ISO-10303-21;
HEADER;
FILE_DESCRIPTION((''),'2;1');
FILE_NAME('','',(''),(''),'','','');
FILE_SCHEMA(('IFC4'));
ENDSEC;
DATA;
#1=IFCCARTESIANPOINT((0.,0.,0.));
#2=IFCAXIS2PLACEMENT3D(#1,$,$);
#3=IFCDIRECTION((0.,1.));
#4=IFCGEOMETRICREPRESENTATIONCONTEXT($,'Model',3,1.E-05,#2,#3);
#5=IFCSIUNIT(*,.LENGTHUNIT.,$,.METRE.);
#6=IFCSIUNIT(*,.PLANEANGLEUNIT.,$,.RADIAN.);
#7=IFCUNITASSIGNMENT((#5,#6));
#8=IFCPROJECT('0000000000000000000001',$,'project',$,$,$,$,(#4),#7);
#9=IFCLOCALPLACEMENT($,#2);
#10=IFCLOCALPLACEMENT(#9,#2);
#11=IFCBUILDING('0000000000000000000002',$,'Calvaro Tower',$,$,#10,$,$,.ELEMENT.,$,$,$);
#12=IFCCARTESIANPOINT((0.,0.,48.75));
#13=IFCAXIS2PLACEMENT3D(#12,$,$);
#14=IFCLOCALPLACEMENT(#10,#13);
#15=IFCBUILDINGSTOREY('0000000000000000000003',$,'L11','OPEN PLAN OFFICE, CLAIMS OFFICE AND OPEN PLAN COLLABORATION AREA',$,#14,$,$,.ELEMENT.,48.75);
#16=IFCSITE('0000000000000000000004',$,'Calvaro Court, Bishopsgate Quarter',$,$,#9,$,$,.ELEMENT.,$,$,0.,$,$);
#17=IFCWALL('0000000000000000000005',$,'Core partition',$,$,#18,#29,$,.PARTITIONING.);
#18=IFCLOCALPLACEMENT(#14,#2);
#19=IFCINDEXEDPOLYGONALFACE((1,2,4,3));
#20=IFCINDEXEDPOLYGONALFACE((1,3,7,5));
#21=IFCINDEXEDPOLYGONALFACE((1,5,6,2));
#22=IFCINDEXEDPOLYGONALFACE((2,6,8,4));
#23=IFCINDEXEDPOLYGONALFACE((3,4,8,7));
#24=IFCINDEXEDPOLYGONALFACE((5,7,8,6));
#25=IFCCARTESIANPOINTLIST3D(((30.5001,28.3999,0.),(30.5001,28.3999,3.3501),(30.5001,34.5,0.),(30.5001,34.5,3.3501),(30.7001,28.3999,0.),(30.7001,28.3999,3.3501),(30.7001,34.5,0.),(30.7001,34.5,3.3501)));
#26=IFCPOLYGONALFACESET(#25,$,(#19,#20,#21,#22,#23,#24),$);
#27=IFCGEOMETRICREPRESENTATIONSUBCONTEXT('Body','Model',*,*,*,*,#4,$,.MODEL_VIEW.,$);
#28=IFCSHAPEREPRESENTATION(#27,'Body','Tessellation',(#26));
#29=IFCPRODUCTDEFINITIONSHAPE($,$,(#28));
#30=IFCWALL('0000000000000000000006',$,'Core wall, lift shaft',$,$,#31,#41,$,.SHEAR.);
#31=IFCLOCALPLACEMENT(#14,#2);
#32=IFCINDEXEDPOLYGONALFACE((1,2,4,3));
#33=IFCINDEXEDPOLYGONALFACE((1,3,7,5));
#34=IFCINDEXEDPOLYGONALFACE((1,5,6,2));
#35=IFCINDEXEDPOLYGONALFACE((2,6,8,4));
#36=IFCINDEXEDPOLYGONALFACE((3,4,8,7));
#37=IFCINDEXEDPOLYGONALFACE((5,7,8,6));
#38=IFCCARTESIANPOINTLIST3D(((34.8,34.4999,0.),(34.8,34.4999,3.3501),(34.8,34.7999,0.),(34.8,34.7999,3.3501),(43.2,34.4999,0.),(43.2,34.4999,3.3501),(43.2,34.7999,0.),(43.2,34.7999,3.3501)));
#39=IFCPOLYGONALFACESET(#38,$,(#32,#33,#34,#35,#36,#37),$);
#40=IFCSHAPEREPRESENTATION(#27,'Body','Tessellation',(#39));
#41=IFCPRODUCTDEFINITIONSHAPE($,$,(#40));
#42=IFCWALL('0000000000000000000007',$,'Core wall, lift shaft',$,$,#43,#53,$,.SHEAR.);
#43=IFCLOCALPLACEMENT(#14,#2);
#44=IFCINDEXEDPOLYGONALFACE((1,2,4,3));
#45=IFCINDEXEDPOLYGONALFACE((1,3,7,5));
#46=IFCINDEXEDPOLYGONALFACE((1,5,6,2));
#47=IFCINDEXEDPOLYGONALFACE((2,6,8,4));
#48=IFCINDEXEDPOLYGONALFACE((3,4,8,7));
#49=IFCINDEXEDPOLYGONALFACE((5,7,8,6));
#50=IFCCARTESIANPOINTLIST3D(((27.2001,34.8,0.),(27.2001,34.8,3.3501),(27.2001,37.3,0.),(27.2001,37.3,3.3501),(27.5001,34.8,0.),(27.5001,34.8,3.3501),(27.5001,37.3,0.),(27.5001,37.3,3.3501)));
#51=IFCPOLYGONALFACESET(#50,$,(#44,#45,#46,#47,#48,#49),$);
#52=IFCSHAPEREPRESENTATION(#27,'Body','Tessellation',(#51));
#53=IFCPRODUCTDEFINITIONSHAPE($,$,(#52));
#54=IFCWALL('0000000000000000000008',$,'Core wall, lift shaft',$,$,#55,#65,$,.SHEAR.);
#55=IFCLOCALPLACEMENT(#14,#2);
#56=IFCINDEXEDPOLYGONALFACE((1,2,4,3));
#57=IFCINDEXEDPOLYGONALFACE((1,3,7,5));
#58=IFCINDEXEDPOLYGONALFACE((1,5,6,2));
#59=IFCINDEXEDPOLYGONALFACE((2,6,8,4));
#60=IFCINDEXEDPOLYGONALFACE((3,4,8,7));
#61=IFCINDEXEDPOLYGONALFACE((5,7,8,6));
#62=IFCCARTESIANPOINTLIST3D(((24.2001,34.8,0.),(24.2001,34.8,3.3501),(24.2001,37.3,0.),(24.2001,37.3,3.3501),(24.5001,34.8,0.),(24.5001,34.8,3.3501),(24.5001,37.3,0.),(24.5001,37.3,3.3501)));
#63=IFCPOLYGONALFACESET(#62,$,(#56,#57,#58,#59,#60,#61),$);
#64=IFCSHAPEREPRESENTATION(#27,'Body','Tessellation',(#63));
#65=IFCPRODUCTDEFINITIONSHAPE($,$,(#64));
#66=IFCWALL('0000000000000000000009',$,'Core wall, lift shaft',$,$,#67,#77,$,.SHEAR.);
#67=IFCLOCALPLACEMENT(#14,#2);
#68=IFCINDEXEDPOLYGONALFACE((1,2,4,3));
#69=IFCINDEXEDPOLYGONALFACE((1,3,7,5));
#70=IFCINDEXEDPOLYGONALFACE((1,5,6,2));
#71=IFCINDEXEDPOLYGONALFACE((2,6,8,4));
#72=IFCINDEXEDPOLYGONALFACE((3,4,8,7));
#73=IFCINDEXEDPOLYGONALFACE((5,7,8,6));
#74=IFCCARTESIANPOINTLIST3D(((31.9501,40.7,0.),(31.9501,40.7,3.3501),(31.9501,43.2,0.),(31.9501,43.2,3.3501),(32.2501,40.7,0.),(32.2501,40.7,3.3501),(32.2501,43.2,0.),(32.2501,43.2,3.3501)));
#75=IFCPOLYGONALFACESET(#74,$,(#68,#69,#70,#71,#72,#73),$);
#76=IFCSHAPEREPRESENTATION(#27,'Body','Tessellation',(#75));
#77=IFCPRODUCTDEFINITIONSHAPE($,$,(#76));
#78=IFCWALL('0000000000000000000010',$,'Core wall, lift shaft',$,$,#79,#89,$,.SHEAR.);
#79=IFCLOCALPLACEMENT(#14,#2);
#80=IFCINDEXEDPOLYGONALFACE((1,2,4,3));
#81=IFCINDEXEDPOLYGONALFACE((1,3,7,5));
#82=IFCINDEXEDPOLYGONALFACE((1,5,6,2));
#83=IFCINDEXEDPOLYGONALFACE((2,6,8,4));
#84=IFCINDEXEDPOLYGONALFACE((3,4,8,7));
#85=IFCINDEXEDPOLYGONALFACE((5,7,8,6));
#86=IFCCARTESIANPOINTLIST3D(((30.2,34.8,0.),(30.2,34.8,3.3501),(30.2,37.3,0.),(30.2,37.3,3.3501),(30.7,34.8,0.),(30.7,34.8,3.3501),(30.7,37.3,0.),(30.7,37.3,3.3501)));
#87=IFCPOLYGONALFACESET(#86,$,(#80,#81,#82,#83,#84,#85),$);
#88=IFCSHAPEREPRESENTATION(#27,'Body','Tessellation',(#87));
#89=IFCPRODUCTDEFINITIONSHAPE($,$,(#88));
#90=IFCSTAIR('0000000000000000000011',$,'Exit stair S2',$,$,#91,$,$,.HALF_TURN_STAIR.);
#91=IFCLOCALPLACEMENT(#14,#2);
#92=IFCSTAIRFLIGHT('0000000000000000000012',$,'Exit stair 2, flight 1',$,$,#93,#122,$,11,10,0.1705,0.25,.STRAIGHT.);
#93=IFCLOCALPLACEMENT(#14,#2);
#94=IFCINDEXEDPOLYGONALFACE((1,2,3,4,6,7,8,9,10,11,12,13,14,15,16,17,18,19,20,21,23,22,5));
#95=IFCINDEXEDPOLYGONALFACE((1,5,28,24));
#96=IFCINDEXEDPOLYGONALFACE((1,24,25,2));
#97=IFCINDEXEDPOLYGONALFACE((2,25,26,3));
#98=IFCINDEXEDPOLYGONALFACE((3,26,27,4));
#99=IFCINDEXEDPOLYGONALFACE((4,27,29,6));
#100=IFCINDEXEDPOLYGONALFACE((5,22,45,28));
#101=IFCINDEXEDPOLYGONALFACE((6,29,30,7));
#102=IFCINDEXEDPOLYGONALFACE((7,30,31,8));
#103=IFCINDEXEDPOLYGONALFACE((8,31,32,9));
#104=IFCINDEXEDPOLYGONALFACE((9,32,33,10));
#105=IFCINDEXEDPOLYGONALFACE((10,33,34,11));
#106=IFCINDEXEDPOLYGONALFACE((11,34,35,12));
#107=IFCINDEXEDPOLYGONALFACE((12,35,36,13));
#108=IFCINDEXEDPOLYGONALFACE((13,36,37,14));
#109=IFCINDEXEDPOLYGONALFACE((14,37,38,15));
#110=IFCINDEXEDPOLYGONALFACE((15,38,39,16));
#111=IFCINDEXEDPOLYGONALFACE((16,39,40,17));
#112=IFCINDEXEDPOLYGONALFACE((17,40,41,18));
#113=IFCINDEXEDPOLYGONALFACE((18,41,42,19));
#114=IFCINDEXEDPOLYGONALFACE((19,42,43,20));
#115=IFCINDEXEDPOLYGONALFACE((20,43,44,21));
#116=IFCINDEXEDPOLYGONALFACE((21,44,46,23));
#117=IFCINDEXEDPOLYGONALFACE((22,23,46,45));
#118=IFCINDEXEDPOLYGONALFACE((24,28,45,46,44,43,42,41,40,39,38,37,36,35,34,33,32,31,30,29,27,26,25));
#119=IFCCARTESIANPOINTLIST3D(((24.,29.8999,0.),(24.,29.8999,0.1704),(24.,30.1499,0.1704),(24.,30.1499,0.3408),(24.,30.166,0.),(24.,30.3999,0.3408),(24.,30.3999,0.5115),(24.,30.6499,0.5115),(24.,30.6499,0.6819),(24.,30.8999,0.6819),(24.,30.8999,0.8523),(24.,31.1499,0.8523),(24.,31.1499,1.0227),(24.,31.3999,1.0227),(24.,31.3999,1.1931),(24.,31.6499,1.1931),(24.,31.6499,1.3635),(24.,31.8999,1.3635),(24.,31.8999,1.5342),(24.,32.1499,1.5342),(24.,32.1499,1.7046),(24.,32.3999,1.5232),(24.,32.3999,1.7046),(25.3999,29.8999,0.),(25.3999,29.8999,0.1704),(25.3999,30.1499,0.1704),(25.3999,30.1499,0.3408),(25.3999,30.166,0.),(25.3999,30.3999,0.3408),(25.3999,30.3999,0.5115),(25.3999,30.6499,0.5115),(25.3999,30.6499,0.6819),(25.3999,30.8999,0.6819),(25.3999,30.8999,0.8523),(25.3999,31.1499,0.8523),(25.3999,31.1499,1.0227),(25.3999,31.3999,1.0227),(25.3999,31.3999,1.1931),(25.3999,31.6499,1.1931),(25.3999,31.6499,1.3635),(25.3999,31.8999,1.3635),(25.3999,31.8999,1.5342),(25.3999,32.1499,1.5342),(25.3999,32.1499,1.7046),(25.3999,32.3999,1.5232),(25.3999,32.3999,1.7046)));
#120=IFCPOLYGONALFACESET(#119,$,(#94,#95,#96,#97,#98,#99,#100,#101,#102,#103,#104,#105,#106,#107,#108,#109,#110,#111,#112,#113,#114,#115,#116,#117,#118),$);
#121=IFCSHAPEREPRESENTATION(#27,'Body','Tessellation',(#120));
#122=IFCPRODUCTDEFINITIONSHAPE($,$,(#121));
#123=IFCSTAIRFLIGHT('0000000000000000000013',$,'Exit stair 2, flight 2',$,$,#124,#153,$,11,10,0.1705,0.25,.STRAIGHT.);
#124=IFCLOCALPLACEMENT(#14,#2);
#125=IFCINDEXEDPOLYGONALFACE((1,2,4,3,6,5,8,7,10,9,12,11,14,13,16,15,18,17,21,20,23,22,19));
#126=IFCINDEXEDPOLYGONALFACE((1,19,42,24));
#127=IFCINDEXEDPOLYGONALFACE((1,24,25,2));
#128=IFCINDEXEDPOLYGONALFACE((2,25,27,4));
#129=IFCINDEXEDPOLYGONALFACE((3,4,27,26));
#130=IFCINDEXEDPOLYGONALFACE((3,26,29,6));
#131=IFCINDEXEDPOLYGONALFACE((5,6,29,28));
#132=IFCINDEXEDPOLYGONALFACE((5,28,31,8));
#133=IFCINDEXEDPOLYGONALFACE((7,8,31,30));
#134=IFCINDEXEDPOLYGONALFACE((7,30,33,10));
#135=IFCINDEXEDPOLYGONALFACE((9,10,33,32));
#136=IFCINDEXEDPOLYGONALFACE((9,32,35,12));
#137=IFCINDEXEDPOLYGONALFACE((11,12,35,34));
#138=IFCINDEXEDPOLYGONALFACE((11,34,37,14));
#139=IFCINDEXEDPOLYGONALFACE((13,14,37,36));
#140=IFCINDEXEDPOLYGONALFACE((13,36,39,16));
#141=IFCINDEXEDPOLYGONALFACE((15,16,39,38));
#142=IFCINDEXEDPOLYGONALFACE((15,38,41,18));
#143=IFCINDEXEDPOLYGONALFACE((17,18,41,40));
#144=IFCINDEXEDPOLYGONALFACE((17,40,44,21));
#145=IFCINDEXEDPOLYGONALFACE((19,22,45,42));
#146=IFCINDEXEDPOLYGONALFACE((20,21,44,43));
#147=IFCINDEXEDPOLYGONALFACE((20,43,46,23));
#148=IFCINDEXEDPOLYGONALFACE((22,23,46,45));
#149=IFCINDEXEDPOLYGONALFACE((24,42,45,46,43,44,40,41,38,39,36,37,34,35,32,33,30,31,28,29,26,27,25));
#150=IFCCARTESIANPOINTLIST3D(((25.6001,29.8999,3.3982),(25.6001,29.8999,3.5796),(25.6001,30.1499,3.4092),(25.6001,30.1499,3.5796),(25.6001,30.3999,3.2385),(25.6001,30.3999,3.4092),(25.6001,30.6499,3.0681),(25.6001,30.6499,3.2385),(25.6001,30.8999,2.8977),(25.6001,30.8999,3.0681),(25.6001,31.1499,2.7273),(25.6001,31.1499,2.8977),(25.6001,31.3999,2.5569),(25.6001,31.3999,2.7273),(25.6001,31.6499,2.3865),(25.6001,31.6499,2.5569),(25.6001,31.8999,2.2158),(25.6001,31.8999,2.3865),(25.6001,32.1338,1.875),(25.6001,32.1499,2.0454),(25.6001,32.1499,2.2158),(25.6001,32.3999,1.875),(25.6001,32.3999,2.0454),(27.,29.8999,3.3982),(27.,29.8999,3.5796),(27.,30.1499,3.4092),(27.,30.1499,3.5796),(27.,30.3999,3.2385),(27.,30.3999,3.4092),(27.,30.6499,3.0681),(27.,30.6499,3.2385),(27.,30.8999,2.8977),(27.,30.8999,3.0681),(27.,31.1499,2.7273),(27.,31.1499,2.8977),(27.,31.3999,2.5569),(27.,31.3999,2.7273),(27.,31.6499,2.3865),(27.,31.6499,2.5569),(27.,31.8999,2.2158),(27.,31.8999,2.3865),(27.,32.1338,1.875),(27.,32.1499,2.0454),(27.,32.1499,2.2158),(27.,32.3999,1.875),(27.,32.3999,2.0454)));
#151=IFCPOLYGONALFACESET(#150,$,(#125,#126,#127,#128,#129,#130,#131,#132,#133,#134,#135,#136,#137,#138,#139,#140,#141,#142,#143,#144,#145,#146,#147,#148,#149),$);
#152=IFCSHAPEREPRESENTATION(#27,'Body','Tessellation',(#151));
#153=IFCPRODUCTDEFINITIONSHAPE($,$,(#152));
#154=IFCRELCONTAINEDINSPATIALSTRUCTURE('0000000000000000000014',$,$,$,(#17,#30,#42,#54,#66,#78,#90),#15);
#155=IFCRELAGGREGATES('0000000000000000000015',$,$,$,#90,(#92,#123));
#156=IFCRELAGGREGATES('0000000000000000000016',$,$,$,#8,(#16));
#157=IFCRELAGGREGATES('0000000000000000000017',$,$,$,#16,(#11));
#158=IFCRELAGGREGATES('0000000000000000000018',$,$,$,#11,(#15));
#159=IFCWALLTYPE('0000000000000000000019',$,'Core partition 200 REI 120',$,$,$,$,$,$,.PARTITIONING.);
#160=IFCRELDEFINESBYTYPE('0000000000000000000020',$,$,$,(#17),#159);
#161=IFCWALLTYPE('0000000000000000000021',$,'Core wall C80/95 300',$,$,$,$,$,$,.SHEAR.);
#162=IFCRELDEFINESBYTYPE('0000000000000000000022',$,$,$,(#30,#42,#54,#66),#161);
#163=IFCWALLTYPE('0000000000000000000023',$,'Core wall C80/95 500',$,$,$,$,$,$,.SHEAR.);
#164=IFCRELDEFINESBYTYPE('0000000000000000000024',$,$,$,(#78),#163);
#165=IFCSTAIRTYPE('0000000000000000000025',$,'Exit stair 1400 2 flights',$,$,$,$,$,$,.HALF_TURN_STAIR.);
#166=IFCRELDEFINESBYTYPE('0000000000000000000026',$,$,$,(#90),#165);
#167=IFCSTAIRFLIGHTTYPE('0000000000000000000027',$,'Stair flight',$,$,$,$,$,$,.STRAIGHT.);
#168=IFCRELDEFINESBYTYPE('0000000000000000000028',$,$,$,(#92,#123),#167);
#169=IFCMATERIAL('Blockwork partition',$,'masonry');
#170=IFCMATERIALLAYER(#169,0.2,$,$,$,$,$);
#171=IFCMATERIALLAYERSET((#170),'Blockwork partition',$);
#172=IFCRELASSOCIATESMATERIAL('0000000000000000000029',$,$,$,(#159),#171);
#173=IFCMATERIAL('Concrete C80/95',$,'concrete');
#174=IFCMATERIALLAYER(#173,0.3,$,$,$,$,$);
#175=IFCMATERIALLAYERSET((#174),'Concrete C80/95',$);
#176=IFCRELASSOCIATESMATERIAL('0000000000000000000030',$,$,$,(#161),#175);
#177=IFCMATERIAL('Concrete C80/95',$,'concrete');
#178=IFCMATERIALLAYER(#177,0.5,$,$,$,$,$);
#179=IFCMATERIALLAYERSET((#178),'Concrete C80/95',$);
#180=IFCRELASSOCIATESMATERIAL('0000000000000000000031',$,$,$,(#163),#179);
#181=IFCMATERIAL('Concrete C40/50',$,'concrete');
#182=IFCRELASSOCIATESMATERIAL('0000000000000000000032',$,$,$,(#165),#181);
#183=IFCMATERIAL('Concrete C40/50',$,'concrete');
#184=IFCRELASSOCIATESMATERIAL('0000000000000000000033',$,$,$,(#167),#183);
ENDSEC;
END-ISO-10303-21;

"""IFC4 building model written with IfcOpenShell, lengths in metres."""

from ifc_helpers import new_model, si_unit, direction, frame, frame_2d, origin, place, context, subcontext, project, spatial, polyline, rectangle, outline, extrude, material, layer, layer_set, type_object, element, aggregate, save


model = new_model("IFC4")

# Units and contexts
model_context = context("Model", 3, precision=1e-05, world=origin(), true_north=direction((0.0, 1.0)))
body_context = subcontext(model_context, "Body", "Model", "MODEL_VIEW")
ifc_project = project(units=[si_unit("LENGTHUNIT", "METRE"), si_unit("PLANEANGLEUNIT", "RADIAN")], contexts=[model_context])

# Site, building, storey
site_placement = place(None, origin())
site = spatial("IfcSite", under=ifc_project, at=site_placement, Name="Calvaro Court, Bishopsgate Quarter", CompositionType="ELEMENT", RefElevation=0.0)
building_placement = place(site_placement, origin())
building = spatial("IfcBuilding", under=site, at=building_placement, Name="Calvaro Tower", CompositionType="ELEMENT")
storey_placement = place(building_placement, frame((0.0, 0.0, 48.75)))
storey = spatial("IfcBuildingStorey", under=building, at=storey_placement, Name="L11", Description="OPEN PLAN OFFICE, CLAIMS OFFICE AND OPEN PLAN COLLABORATION AREA", CompositionType="ELEMENT", Elevation=48.75)

# Walls
ifc_material_1 = material(Name="Blockwork partition", Category="masonry")
ifc_layer_1 = layer(ifc_material_1, 0.2)
ifc_layer_set_1 = layer_set([ifc_layer_1], Name="Blockwork partition")
wall_type_1 = type_object("IfcWallType", Name="Core partition 200 REI 120", PredefinedType="PARTITIONING", material=ifc_layer_set_1)
wall_1_placement = place(storey_placement, frame((30.6001, 28.3999, 0.0), z_axis=(0.0, 0.0, 1.0), x_axis=(0.0, 1.0, 0.0)))
element("IfcWall", 1, at=wall_1_placement, inside=storey, type_object=wall_type_1, Name="Core partition", PredefinedType="PARTITIONING", context=body_context, shape_type="SweptSolid", body=[
    extrude(rectangle(XDim=6.1001, YDim=0.2, at=frame_2d((3.05, 0.0))), origin(), (0.0, 0.0, 1.0), 3.3501),
])
ifc_material_2 = material(Name="Concrete C80/95", Category="concrete")
ifc_layer_2 = layer(ifc_material_2, 0.3)
ifc_layer_set_2 = layer_set([ifc_layer_2], Name="Concrete C80/95")
wall_type_2 = type_object("IfcWallType", Name="Core wall C80/95 300", PredefinedType="SHEAR", material=ifc_layer_set_2)
wall_2_placement = place(storey_placement, frame((34.8, 34.6499, 0.0), z_axis=(0.0, 0.0, 1.0), x_axis=(1.0, 0.0, 0.0)))
element("IfcWall", 2, at=wall_2_placement, inside=storey, type_object=wall_type_2, Name="Core wall, lift shaft", PredefinedType="SHEAR", context=body_context, shape_type="SweptSolid", body=[
    extrude(rectangle(XDim=8.3999, YDim=0.3, at=frame_2d((4.2, 0.0))), origin(), (0.0, 0.0, 1.0), 3.3501),
])
for number, where, z_axis, x_axis, name in (
    (3, (27.3501, 34.8, 0.0), (0.0, 0.0, 1.0), (0.0, 1.0, 0.0), "Core wall, lift shaft"),
    (4, (24.3501, 34.8, 0.0), (0.0, 0.0, 1.0), (0.0, 1.0, 0.0), "Core wall, lift shaft"),
    (5, (32.1001, 40.7, 0.0), (0.0, 0.0, 1.0), (0.0, 1.0, 0.0), "Core wall, lift shaft"),
):
    element("IfcWall", number, at=place(storey_placement, frame(where, z_axis=z_axis, x_axis=x_axis)), inside=storey, type_object=wall_type_2, Name=name, PredefinedType="SHEAR", context=body_context, shape_type="SweptSolid", body=[
        extrude(rectangle(XDim=2.5, YDim=0.3, at=frame_2d((1.25, 0.0))), origin(), (0.0, 0.0, 1.0), 3.3501),
    ])
ifc_material_3 = material(Name="Concrete C80/95", Category="concrete")
ifc_layer_3 = layer(ifc_material_3, 0.5)
ifc_layer_set_3 = layer_set([ifc_layer_3], Name="Concrete C80/95")
wall_type_3 = type_object("IfcWallType", Name="Core wall C80/95 500", PredefinedType="SHEAR", material=ifc_layer_set_3)
wall_3_placement = place(storey_placement, frame((30.45, 34.8, 0.0), z_axis=(0.0, 0.0, 1.0), x_axis=(0.0, 1.0, 0.0)))
element("IfcWall", 6, at=wall_3_placement, inside=storey, type_object=wall_type_3, Name="Core wall, lift shaft", PredefinedType="SHEAR", context=body_context, shape_type="SweptSolid", body=[
    extrude(rectangle(XDim=2.5, YDim=0.5, at=frame_2d((1.25, 0.0))), origin(), (0.0, 0.0, 1.0), 3.3501),
])

# Stair, stair flights
ifc_material_4 = material(Name="Concrete C40/50", Category="concrete")
stair_type = type_object("IfcStairType", Name="Exit stair 1400 2 flights", PredefinedType="HALF_TURN_STAIR", material=ifc_material_4)
stair_placement = place(storey_placement, origin())
stair = element("IfcStair", 7, at=stair_placement, inside=storey, type_object=stair_type, Name="Exit stair S2", PredefinedType="HALF_TURN_STAIR")
ifc_material_5 = material(Name="Concrete C40/50", Category="concrete")
stair_flight_type = type_object("IfcStairFlightType", Name="Stair flight", PredefinedType="STRAIGHT", material=ifc_material_5)
stair_flight_1_placement = place(storey_placement, frame((24.7, 29.8999, 0.0), z_axis=(0.0, 0.0, 1.0), x_axis=(0.0, 1.0, 0.0)))
stair_flight_1 = element("IfcStairFlight", 8, at=stair_flight_1_placement, type_object=stair_flight_type, Name="Exit stair 2, flight 1", NumberOfRisers=11, NumberOfTreads=10, PredefinedType="STRAIGHT", RiserHeight=0.1705, TreadLength=0.25, context=body_context, shape_type="SweptSolid", body=[
    extrude(outline(polyline([(0.0, 0.0), (0.0, 0.1704), (0.25, 0.1704), (0.25, 0.3408), (0.5, 0.3408), (0.5, 0.5115), (0.75, 0.5115), (0.75, 0.6819), (1.0, 0.6819), (1.0, 0.8523), (1.25, 0.8523), (1.25, 1.0227), (1.5, 1.0227), (1.5, 1.1931), (1.75, 1.1931), (1.75, 1.3635), (2.0, 1.3635), (2.0, 1.5342), (2.25, 1.5342), (2.25, 1.7046), (2.5, 1.7046), (2.5, 1.875), (2.5, 1.5232), (0.2661, 0.0), (0.0, 0.0)])), frame((0.0, 0.7, 0.0), z_axis=(0.0, -1.0, 0.0), x_axis=(1.0, 0.0, 0.0)), (0.0, 0.0, 1.0), 1.3999),
])
stair_flight_2_placement = place(storey_placement, frame((26.3, 32.3999, 1.875), z_axis=(0.0, 0.0, 1.0), x_axis=(0.0, -1.0, 0.0)))
stair_flight_2 = element("IfcStairFlight", 9, at=stair_flight_2_placement, type_object=stair_flight_type, Name="Exit stair 2, flight 2", NumberOfRisers=11, NumberOfTreads=10, PredefinedType="STRAIGHT", RiserHeight=0.1705, TreadLength=0.25, context=body_context, shape_type="SweptSolid", body=[
    extrude(outline(polyline([(0.0, 0.0), (0.0, 0.1704), (0.25, 0.1704), (0.25, 0.3408), (0.5, 0.3408), (0.5, 0.5115), (0.75, 0.5115), (0.75, 0.6819), (1.0, 0.6819), (1.0, 0.8523), (1.25, 0.8523), (1.25, 1.0227), (1.5, 1.0227), (1.5, 1.1931), (1.75, 1.1931), (1.75, 1.3635), (2.0, 1.3635), (2.0, 1.5342), (2.25, 1.5342), (2.25, 1.7046), (2.5, 1.7046), (2.5, 1.875), (2.5, 1.5232), (0.2661, 0.0), (0.0, 0.0)])), frame((0.0, 0.7, 0.0), z_axis=(0.0, -1.0, 0.0), x_axis=(1.0, 0.0, 0.0)), (0.0, 0.0, 1.0), 1.3999),
])
aggregate(stair, [stair_flight_1, stair_flight_2])

save(model, "model.ifc")
